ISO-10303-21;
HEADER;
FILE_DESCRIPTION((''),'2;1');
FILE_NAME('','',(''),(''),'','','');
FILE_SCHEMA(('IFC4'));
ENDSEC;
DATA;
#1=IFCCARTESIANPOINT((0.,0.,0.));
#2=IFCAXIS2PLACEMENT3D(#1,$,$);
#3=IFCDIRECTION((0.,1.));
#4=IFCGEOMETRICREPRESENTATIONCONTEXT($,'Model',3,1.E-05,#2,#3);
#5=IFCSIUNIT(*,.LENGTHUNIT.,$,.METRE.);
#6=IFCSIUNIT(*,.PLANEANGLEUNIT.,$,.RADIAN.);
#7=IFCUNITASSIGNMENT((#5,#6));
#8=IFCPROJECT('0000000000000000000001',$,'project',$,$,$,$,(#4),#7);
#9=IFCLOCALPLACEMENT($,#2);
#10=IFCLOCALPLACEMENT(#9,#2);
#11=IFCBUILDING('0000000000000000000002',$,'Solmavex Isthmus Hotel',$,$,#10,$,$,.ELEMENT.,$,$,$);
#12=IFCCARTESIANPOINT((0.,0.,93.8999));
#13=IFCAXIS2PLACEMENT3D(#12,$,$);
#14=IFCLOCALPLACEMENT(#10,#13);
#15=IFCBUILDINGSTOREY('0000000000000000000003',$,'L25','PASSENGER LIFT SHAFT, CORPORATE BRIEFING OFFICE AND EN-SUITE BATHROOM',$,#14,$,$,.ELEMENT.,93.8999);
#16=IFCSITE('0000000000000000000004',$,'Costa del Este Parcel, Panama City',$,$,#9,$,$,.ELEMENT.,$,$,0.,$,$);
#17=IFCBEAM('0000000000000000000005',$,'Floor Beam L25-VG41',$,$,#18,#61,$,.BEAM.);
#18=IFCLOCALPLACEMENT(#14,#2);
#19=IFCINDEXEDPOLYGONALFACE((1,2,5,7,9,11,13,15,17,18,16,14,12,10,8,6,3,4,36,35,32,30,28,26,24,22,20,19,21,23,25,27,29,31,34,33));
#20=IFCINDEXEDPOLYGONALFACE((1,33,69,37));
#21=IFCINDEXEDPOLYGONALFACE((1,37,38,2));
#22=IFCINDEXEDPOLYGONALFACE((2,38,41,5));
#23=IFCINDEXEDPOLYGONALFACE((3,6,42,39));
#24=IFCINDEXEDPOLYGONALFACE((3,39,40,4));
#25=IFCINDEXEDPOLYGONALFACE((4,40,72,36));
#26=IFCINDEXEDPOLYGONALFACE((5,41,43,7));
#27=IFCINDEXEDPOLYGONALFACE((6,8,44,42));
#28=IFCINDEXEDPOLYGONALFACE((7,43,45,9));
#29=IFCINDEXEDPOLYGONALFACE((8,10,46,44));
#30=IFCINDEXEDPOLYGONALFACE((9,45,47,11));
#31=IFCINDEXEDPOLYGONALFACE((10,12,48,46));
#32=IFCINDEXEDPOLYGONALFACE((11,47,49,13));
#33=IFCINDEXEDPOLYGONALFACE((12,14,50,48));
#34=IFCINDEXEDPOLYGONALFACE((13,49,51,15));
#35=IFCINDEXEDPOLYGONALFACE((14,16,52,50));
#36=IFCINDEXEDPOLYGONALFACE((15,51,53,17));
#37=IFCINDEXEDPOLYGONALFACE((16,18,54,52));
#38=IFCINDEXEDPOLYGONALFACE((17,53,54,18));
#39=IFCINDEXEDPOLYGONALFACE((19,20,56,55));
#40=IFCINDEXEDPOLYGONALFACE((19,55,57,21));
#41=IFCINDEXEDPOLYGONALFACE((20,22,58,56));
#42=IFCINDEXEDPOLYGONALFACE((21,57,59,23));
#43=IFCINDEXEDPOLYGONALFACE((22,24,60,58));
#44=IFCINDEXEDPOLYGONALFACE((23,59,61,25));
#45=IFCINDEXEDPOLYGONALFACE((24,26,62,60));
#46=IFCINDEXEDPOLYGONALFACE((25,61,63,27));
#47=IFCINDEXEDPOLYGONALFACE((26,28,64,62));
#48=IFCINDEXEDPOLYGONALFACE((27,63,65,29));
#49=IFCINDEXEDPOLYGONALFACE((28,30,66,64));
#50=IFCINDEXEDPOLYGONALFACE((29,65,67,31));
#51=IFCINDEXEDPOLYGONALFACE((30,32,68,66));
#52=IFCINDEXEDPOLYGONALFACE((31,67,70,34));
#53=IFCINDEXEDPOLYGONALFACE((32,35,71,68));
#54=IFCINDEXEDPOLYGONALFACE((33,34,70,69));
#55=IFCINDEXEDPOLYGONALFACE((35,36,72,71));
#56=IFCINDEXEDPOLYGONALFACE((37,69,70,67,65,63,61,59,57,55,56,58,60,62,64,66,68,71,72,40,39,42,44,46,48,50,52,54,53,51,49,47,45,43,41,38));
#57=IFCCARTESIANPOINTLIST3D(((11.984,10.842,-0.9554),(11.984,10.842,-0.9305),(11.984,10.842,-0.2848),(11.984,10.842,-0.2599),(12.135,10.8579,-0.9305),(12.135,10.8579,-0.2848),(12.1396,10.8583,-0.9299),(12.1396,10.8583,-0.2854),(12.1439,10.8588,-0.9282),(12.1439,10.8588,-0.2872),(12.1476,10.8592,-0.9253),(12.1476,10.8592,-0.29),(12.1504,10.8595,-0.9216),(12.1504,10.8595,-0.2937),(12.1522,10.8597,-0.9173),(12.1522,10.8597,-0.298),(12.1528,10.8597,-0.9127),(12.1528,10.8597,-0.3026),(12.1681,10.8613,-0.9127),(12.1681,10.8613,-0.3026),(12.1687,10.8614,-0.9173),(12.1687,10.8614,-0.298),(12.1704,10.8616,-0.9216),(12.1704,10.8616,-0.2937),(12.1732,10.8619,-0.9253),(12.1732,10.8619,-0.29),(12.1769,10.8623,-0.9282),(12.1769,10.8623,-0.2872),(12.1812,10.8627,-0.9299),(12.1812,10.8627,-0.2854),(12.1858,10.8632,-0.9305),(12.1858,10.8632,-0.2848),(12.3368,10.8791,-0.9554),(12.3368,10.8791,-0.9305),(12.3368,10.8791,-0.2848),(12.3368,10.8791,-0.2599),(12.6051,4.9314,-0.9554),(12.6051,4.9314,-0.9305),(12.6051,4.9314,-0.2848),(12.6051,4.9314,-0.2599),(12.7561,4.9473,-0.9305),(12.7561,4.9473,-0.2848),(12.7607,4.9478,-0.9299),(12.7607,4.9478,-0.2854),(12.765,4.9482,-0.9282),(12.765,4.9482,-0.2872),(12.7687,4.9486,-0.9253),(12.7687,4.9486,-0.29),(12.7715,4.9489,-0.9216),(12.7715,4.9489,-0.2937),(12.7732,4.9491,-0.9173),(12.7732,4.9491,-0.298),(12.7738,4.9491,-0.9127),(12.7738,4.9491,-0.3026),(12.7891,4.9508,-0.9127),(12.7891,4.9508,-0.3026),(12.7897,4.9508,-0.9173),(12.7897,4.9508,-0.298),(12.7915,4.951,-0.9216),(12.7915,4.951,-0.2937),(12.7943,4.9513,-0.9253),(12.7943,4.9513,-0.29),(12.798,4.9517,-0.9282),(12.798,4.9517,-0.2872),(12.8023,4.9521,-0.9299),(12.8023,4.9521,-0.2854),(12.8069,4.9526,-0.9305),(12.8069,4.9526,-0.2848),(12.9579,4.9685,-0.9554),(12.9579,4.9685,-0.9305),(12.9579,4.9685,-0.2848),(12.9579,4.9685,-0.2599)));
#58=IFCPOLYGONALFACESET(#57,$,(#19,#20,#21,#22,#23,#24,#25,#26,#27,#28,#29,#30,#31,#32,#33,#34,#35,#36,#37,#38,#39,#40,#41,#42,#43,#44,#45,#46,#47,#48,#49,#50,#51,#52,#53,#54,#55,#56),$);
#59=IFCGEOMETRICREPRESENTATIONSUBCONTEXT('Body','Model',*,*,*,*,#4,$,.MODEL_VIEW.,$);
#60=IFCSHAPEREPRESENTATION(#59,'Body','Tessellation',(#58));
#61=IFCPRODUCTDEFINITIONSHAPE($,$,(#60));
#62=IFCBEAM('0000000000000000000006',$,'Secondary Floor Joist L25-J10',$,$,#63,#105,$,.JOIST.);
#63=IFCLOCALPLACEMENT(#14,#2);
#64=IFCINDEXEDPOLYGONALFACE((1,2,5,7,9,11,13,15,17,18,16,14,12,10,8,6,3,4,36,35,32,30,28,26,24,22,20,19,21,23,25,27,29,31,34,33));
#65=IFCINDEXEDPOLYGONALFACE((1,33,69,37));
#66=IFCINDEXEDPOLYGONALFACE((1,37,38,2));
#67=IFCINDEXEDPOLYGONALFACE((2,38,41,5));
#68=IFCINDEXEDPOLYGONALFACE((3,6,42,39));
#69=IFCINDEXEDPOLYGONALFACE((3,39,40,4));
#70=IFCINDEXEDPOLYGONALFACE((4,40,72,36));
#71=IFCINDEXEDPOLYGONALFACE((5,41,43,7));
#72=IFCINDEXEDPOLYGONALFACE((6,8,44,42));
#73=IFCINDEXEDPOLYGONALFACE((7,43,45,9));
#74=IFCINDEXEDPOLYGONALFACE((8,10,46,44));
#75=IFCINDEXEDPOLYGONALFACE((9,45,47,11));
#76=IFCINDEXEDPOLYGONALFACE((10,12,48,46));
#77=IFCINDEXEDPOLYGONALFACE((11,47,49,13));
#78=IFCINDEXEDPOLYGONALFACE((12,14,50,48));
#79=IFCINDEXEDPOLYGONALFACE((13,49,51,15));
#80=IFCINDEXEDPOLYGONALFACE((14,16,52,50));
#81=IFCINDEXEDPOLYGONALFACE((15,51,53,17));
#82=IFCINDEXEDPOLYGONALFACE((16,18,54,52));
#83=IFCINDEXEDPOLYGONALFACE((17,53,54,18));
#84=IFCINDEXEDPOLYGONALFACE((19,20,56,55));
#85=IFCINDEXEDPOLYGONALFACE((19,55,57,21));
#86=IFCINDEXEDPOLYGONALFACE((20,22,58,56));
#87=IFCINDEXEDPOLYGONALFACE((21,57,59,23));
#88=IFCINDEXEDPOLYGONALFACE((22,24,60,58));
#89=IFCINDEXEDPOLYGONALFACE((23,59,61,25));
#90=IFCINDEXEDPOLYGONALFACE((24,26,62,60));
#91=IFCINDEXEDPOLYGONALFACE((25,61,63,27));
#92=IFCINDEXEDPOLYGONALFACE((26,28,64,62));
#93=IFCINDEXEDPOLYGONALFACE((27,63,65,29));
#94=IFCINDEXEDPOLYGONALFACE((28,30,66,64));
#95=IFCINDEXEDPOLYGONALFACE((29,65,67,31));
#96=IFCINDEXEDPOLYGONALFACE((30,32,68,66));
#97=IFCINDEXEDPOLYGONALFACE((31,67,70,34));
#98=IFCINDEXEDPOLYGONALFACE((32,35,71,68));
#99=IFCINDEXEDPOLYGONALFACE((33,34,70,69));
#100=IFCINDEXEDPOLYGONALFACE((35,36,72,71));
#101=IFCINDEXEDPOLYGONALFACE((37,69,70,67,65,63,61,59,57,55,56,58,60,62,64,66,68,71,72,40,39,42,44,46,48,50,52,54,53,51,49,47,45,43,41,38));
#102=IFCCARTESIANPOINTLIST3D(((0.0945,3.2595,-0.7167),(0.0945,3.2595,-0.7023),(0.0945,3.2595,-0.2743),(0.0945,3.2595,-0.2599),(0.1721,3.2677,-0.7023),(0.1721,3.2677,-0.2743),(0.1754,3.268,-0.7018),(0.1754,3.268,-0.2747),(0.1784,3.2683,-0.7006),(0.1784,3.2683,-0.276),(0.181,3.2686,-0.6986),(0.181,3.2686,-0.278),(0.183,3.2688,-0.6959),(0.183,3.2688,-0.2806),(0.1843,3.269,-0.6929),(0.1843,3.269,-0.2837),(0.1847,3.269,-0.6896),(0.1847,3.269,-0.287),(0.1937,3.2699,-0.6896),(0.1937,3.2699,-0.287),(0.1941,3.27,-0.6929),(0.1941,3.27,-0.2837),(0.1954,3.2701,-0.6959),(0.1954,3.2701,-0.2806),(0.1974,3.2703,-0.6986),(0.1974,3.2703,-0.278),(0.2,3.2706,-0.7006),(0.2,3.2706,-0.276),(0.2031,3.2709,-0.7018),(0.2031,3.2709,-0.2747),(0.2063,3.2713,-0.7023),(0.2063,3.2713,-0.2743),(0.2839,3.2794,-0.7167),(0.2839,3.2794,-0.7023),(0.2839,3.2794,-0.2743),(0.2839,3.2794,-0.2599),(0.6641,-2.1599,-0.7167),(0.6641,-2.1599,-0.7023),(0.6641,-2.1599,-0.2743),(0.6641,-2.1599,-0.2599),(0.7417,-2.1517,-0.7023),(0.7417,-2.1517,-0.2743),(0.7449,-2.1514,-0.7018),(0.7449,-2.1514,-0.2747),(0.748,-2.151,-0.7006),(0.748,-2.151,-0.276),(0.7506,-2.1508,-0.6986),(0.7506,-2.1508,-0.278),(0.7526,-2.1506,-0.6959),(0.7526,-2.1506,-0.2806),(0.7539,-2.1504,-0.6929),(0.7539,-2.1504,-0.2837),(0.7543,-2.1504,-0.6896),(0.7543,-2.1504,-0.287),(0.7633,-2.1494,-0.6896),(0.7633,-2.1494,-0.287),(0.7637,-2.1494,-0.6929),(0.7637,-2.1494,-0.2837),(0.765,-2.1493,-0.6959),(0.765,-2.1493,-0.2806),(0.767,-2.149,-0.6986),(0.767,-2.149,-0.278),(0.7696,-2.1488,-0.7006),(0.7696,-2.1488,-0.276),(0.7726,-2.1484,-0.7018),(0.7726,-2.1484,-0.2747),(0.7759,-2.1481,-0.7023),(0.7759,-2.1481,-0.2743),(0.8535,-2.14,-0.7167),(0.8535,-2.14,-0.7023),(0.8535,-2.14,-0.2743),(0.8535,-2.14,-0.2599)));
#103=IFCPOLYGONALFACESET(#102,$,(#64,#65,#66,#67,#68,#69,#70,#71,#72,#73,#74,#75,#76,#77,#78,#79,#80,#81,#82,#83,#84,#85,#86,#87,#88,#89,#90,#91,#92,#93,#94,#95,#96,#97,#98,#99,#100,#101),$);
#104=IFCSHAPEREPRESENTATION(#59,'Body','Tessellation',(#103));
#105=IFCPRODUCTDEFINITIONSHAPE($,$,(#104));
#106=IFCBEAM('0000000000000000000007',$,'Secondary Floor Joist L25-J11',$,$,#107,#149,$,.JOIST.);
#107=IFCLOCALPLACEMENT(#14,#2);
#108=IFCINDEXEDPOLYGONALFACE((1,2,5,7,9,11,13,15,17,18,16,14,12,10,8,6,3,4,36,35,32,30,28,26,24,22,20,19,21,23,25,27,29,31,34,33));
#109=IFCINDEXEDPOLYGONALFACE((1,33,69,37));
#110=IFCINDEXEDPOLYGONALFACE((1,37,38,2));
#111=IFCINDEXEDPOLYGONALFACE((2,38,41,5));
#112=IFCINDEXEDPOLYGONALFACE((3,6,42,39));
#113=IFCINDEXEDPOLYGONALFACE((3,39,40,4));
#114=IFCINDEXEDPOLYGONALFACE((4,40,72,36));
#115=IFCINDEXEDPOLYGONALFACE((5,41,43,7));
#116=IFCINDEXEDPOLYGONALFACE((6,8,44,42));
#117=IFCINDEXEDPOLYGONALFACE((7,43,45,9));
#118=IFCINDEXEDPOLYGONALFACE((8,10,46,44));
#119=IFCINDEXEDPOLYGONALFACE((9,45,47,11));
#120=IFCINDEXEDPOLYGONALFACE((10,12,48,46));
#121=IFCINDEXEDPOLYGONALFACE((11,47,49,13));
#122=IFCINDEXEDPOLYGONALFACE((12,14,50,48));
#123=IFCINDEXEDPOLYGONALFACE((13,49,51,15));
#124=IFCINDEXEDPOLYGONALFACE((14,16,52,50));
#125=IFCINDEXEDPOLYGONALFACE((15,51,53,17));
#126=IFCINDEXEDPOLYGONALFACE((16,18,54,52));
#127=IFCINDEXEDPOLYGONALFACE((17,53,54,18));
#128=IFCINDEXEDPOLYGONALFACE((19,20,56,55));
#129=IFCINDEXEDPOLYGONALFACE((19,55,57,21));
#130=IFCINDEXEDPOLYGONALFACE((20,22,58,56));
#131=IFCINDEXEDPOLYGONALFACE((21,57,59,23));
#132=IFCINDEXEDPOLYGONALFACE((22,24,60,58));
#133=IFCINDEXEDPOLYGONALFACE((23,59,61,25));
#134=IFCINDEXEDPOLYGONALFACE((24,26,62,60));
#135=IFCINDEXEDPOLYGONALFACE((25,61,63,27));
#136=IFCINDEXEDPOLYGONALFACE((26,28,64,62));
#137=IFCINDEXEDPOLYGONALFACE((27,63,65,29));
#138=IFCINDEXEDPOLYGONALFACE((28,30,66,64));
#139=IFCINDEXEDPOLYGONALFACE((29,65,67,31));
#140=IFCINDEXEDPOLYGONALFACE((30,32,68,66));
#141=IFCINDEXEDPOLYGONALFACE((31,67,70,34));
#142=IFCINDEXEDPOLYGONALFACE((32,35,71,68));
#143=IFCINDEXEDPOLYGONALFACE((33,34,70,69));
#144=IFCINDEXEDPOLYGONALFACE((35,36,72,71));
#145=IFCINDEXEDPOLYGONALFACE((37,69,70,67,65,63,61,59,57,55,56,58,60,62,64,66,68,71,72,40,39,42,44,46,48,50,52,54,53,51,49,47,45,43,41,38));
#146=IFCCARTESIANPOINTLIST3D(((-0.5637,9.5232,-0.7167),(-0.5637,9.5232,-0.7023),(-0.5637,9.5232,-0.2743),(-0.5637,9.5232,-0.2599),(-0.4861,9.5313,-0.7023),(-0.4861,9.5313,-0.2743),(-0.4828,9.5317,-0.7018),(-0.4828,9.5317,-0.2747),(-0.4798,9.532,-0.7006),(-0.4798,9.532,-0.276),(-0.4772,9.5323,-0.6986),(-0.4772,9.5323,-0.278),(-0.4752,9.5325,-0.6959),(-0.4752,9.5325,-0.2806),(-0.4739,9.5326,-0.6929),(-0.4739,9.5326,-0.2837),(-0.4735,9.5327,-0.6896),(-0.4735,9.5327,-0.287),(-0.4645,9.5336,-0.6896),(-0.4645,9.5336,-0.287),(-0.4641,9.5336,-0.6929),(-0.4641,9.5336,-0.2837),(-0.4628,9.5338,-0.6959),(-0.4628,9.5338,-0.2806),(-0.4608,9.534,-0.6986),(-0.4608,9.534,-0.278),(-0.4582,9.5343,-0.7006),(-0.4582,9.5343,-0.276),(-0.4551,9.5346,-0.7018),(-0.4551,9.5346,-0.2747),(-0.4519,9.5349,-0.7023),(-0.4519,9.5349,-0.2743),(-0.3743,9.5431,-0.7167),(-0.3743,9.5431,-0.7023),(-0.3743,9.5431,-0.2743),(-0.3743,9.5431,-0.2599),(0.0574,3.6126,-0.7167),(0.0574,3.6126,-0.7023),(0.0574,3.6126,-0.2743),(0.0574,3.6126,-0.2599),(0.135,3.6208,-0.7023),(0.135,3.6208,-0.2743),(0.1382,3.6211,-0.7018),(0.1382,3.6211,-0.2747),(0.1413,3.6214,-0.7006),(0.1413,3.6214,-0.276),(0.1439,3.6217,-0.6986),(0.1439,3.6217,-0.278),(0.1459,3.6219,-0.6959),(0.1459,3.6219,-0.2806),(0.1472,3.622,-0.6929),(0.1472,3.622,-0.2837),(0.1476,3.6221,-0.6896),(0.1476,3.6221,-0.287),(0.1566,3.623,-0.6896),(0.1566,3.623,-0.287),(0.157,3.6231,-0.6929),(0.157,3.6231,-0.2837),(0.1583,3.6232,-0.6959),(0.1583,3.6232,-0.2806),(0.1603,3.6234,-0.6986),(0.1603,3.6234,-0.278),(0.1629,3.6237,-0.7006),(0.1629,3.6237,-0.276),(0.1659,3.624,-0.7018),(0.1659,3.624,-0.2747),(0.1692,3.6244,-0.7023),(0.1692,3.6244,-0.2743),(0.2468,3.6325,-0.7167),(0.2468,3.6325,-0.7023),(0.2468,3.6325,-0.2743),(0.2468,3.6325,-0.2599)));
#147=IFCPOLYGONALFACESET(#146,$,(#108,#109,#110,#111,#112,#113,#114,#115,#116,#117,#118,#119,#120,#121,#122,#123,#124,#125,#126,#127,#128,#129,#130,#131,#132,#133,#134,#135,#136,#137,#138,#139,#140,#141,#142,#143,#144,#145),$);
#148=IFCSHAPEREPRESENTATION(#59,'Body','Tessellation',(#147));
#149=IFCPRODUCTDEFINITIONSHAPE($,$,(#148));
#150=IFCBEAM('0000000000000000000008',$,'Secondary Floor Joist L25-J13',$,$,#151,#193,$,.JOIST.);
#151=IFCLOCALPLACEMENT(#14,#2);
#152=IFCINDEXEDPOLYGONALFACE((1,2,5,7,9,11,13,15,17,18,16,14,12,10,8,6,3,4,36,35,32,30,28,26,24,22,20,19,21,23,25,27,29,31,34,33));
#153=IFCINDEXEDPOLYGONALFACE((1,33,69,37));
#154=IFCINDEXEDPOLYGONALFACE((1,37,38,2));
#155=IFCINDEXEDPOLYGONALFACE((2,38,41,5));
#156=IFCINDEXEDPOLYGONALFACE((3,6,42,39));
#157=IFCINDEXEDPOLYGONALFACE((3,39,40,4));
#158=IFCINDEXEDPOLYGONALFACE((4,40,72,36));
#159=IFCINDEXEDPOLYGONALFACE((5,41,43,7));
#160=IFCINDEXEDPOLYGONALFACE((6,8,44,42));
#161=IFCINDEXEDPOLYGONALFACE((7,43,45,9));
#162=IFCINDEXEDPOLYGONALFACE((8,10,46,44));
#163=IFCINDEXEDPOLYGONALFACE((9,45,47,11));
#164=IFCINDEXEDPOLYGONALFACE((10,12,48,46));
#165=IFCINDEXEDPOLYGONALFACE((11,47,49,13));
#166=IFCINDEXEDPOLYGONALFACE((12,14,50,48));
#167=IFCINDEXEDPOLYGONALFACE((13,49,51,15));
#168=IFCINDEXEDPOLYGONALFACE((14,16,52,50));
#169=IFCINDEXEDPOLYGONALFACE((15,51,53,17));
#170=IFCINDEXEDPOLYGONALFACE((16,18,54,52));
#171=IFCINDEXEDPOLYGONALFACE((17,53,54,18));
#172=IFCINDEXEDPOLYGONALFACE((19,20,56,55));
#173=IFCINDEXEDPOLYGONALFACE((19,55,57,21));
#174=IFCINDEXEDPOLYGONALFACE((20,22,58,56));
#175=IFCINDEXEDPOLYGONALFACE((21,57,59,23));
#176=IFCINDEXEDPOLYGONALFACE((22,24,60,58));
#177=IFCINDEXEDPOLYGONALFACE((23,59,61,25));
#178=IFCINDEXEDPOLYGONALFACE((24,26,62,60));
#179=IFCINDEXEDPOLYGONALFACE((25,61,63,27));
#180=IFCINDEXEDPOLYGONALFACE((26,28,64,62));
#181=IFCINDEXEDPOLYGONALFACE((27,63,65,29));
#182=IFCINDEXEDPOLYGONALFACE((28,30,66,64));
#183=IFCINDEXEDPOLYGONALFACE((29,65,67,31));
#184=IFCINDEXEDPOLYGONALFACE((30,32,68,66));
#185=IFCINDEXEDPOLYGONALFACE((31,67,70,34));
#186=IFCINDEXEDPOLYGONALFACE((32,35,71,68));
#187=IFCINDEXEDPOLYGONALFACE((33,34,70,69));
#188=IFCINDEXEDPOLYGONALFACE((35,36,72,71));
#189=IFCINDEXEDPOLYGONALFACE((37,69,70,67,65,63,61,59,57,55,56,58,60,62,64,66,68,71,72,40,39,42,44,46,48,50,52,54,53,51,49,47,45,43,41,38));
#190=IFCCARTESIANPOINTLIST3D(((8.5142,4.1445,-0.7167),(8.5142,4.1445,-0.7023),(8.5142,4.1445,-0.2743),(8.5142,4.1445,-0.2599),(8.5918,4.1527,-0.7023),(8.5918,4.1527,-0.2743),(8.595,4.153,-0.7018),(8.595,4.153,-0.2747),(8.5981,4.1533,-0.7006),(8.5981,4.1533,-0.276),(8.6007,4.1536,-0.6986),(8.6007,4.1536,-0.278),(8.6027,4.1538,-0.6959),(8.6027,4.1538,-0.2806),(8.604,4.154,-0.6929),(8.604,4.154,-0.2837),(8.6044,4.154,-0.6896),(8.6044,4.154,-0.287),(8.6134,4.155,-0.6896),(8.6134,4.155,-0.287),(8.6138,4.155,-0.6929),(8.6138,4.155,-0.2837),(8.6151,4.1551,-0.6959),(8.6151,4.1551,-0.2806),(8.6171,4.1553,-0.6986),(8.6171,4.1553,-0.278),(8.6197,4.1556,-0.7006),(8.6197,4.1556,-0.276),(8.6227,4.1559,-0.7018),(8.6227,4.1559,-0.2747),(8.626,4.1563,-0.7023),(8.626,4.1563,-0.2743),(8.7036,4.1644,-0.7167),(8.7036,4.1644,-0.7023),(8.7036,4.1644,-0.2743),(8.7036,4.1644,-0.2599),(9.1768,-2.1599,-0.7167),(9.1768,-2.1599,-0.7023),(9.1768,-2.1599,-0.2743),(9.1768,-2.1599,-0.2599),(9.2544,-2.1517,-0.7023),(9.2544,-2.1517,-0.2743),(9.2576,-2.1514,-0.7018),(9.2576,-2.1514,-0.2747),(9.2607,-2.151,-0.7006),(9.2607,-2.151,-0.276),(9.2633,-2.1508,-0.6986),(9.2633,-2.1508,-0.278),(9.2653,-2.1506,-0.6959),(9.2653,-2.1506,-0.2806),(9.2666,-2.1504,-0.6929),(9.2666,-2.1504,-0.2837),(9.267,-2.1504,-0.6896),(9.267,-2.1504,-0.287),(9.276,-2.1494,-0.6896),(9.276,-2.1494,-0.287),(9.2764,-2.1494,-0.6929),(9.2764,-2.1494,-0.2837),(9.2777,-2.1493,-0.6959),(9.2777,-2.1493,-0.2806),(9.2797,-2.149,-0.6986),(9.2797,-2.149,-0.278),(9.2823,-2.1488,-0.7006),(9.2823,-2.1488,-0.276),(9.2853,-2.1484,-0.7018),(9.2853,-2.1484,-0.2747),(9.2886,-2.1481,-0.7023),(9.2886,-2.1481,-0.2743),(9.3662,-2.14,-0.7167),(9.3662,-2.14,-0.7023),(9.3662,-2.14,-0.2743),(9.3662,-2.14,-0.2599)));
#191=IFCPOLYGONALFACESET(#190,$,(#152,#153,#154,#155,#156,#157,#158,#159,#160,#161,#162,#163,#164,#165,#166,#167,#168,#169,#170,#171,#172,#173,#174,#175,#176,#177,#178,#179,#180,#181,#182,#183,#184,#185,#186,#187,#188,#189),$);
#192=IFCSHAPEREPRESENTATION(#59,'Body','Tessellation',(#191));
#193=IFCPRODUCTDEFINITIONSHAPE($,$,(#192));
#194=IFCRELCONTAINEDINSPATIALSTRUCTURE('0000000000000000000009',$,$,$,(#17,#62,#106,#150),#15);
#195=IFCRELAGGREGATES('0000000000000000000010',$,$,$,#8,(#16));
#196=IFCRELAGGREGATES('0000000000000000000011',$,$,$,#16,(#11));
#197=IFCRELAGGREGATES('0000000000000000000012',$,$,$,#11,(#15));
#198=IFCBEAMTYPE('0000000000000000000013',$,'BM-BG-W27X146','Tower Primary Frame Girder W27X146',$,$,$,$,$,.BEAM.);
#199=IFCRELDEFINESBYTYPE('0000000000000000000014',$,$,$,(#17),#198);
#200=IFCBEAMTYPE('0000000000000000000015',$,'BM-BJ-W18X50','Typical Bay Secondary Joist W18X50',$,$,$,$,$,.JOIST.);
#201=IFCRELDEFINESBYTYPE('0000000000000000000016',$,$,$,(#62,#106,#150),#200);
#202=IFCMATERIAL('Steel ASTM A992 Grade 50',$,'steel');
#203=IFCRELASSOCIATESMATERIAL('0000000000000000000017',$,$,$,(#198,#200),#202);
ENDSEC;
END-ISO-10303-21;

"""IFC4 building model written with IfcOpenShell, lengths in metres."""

from ifc_helpers import new_model, si_unit, direction, frame, origin, origin_2d, place, context, subcontext, project, spatial, i_section, extrude, material, material_profile, profile_set, type_object, element, save


model = new_model("IFC4")

# Units and contexts
model_context = context("Model", 3, precision=1e-05, world=origin(), true_north=direction((0.0, 1.0)))
body_context = subcontext(model_context, "Body", "Model", "MODEL_VIEW")
ifc_project = project(units=[si_unit("LENGTHUNIT", "METRE"), si_unit("PLANEANGLEUNIT", "RADIAN")], contexts=[model_context])

# Site, building, storey
site_placement = place(None, origin())
site = spatial("IfcSite", under=ifc_project, at=site_placement, Name="Costa del Este Parcel, Panama City", CompositionType="ELEMENT", RefElevation=0.0)
building_placement = place(site_placement, origin())
building = spatial("IfcBuilding", under=site, at=building_placement, Name="Solmavex Isthmus Hotel", CompositionType="ELEMENT")
storey_placement = place(building_placement, frame((0.0, 0.0, 93.8999)))
storey = spatial("IfcBuildingStorey", under=building, at=storey_placement, Name="L25", Description="PASSENGER LIFT SHAFT, CORPORATE BRIEFING OFFICE AND EN-SUITE BATHROOM", CompositionType="ELEMENT", Elevation=93.8999)

# Beams
ifc_material_1 = material(Name="Steel ASTM A992 Grade 50", Category="steel")
ifc_material_profile_1 = material_profile(ifc_material_1, i_section(OverallWidth=0.3547, OverallDepth=0.6956, WebThickness=0.0154, FlangeThickness=0.0249, FilletRadius=0.0178, at=origin_2d()), Name="W27X146")
ifc_profile_set_1 = profile_set([ifc_material_profile_1], Name="Steel ASTM A992 Grade 50")
beam_type_1 = type_object("IfcBeamType", Name="BM-BG-W27X146", Description="Tower Primary Frame Girder W27X146", PredefinedType="BEAM", material=ifc_profile_set_1)
beam_1_placement = place(storey_placement, frame((12.7815, 4.95, -0.6077), z_axis=(-0.104505, 0.994524, 0.0), x_axis=(-0.994524, -0.104505, 0.0)))
element("IfcBeam", 1, at=beam_1_placement, inside=storey, type_object=beam_type_1, Name="Floor Beam L25-VG41", PredefinedType="BEAM", context=body_context, shape_type="SweptSolid", body=[
    extrude(i_section(OverallWidth=0.3547, OverallDepth=0.6956, WebThickness=0.0154, FlangeThickness=0.0249, FilletRadius=0.0178, at=origin_2d()), origin(), (0.0, 0.0, 1.0), 5.9431),
])
ifc_material_profile_2 = material_profile(ifc_material_1, i_section(OverallWidth=0.1904, OverallDepth=0.4568, WebThickness=0.009, FlangeThickness=0.0144, FilletRadius=0.0127, at=origin_2d()), Name="W18X50")
ifc_profile_set_2 = profile_set([ifc_material_profile_2], Name="Steel ASTM A992 Grade 50")
beam_type_2 = type_object("IfcBeamType", Name="BM-BJ-W18X50", Description="Typical Bay Secondary Joist W18X50", PredefinedType="JOIST", material=ifc_profile_set_2)
beam_2_placement = place(storey_placement, frame((0.7588, -2.1499, -0.4883), z_axis=(-0.104524, 0.994522, 0.0), x_axis=(-0.994522, -0.104524, 0.0)))
element("IfcBeam", 2, at=beam_2_placement, inside=storey, type_object=beam_type_2, Name="Secondary Floor Joist L25-J10", PredefinedType="JOIST", context=body_context, shape_type="SweptSolid", body=[
    extrude(i_section(OverallWidth=0.1904, OverallDepth=0.4568, WebThickness=0.009, FlangeThickness=0.0144, FilletRadius=0.0127, at=origin_2d()), origin(), (0.0, 0.0, 1.0), 5.4492),
])
beam_3_placement = place(storey_placement, frame((0.1521, 3.6226, -0.4883), z_axis=(-0.104505, 0.994524, 0.0), x_axis=(-0.994524, -0.104505, 0.0)))
element("IfcBeam", 3, at=beam_3_placement, inside=storey, type_object=beam_type_2, Name="Secondary Floor Joist L25-J11", PredefinedType="JOIST", context=body_context, shape_type="SweptSolid", body=[
    extrude(i_section(OverallWidth=0.1904, OverallDepth=0.4568, WebThickness=0.009, FlangeThickness=0.0144, FilletRadius=0.0127, at=origin_2d()), origin(), (0.0, 0.0, 1.0), 5.9431),
])
beam_4_placement = place(storey_placement, frame((9.2715, -2.1499, -0.4883), z_axis=(-0.104524, 0.994522, 0.0), x_axis=(-0.994522, -0.104524, 0.0)))
element("IfcBeam", 4, at=beam_4_placement, inside=storey, type_object=beam_type_2, Name="Secondary Floor Joist L25-J13", PredefinedType="JOIST", context=body_context, shape_type="SweptSolid", body=[
    extrude(i_section(OverallWidth=0.1904, OverallDepth=0.4568, WebThickness=0.009, FlangeThickness=0.0144, FilletRadius=0.0127, at=origin_2d()), origin(), (0.0, 0.0, 1.0), 6.3391),
])

save(model, "model.ifc")
